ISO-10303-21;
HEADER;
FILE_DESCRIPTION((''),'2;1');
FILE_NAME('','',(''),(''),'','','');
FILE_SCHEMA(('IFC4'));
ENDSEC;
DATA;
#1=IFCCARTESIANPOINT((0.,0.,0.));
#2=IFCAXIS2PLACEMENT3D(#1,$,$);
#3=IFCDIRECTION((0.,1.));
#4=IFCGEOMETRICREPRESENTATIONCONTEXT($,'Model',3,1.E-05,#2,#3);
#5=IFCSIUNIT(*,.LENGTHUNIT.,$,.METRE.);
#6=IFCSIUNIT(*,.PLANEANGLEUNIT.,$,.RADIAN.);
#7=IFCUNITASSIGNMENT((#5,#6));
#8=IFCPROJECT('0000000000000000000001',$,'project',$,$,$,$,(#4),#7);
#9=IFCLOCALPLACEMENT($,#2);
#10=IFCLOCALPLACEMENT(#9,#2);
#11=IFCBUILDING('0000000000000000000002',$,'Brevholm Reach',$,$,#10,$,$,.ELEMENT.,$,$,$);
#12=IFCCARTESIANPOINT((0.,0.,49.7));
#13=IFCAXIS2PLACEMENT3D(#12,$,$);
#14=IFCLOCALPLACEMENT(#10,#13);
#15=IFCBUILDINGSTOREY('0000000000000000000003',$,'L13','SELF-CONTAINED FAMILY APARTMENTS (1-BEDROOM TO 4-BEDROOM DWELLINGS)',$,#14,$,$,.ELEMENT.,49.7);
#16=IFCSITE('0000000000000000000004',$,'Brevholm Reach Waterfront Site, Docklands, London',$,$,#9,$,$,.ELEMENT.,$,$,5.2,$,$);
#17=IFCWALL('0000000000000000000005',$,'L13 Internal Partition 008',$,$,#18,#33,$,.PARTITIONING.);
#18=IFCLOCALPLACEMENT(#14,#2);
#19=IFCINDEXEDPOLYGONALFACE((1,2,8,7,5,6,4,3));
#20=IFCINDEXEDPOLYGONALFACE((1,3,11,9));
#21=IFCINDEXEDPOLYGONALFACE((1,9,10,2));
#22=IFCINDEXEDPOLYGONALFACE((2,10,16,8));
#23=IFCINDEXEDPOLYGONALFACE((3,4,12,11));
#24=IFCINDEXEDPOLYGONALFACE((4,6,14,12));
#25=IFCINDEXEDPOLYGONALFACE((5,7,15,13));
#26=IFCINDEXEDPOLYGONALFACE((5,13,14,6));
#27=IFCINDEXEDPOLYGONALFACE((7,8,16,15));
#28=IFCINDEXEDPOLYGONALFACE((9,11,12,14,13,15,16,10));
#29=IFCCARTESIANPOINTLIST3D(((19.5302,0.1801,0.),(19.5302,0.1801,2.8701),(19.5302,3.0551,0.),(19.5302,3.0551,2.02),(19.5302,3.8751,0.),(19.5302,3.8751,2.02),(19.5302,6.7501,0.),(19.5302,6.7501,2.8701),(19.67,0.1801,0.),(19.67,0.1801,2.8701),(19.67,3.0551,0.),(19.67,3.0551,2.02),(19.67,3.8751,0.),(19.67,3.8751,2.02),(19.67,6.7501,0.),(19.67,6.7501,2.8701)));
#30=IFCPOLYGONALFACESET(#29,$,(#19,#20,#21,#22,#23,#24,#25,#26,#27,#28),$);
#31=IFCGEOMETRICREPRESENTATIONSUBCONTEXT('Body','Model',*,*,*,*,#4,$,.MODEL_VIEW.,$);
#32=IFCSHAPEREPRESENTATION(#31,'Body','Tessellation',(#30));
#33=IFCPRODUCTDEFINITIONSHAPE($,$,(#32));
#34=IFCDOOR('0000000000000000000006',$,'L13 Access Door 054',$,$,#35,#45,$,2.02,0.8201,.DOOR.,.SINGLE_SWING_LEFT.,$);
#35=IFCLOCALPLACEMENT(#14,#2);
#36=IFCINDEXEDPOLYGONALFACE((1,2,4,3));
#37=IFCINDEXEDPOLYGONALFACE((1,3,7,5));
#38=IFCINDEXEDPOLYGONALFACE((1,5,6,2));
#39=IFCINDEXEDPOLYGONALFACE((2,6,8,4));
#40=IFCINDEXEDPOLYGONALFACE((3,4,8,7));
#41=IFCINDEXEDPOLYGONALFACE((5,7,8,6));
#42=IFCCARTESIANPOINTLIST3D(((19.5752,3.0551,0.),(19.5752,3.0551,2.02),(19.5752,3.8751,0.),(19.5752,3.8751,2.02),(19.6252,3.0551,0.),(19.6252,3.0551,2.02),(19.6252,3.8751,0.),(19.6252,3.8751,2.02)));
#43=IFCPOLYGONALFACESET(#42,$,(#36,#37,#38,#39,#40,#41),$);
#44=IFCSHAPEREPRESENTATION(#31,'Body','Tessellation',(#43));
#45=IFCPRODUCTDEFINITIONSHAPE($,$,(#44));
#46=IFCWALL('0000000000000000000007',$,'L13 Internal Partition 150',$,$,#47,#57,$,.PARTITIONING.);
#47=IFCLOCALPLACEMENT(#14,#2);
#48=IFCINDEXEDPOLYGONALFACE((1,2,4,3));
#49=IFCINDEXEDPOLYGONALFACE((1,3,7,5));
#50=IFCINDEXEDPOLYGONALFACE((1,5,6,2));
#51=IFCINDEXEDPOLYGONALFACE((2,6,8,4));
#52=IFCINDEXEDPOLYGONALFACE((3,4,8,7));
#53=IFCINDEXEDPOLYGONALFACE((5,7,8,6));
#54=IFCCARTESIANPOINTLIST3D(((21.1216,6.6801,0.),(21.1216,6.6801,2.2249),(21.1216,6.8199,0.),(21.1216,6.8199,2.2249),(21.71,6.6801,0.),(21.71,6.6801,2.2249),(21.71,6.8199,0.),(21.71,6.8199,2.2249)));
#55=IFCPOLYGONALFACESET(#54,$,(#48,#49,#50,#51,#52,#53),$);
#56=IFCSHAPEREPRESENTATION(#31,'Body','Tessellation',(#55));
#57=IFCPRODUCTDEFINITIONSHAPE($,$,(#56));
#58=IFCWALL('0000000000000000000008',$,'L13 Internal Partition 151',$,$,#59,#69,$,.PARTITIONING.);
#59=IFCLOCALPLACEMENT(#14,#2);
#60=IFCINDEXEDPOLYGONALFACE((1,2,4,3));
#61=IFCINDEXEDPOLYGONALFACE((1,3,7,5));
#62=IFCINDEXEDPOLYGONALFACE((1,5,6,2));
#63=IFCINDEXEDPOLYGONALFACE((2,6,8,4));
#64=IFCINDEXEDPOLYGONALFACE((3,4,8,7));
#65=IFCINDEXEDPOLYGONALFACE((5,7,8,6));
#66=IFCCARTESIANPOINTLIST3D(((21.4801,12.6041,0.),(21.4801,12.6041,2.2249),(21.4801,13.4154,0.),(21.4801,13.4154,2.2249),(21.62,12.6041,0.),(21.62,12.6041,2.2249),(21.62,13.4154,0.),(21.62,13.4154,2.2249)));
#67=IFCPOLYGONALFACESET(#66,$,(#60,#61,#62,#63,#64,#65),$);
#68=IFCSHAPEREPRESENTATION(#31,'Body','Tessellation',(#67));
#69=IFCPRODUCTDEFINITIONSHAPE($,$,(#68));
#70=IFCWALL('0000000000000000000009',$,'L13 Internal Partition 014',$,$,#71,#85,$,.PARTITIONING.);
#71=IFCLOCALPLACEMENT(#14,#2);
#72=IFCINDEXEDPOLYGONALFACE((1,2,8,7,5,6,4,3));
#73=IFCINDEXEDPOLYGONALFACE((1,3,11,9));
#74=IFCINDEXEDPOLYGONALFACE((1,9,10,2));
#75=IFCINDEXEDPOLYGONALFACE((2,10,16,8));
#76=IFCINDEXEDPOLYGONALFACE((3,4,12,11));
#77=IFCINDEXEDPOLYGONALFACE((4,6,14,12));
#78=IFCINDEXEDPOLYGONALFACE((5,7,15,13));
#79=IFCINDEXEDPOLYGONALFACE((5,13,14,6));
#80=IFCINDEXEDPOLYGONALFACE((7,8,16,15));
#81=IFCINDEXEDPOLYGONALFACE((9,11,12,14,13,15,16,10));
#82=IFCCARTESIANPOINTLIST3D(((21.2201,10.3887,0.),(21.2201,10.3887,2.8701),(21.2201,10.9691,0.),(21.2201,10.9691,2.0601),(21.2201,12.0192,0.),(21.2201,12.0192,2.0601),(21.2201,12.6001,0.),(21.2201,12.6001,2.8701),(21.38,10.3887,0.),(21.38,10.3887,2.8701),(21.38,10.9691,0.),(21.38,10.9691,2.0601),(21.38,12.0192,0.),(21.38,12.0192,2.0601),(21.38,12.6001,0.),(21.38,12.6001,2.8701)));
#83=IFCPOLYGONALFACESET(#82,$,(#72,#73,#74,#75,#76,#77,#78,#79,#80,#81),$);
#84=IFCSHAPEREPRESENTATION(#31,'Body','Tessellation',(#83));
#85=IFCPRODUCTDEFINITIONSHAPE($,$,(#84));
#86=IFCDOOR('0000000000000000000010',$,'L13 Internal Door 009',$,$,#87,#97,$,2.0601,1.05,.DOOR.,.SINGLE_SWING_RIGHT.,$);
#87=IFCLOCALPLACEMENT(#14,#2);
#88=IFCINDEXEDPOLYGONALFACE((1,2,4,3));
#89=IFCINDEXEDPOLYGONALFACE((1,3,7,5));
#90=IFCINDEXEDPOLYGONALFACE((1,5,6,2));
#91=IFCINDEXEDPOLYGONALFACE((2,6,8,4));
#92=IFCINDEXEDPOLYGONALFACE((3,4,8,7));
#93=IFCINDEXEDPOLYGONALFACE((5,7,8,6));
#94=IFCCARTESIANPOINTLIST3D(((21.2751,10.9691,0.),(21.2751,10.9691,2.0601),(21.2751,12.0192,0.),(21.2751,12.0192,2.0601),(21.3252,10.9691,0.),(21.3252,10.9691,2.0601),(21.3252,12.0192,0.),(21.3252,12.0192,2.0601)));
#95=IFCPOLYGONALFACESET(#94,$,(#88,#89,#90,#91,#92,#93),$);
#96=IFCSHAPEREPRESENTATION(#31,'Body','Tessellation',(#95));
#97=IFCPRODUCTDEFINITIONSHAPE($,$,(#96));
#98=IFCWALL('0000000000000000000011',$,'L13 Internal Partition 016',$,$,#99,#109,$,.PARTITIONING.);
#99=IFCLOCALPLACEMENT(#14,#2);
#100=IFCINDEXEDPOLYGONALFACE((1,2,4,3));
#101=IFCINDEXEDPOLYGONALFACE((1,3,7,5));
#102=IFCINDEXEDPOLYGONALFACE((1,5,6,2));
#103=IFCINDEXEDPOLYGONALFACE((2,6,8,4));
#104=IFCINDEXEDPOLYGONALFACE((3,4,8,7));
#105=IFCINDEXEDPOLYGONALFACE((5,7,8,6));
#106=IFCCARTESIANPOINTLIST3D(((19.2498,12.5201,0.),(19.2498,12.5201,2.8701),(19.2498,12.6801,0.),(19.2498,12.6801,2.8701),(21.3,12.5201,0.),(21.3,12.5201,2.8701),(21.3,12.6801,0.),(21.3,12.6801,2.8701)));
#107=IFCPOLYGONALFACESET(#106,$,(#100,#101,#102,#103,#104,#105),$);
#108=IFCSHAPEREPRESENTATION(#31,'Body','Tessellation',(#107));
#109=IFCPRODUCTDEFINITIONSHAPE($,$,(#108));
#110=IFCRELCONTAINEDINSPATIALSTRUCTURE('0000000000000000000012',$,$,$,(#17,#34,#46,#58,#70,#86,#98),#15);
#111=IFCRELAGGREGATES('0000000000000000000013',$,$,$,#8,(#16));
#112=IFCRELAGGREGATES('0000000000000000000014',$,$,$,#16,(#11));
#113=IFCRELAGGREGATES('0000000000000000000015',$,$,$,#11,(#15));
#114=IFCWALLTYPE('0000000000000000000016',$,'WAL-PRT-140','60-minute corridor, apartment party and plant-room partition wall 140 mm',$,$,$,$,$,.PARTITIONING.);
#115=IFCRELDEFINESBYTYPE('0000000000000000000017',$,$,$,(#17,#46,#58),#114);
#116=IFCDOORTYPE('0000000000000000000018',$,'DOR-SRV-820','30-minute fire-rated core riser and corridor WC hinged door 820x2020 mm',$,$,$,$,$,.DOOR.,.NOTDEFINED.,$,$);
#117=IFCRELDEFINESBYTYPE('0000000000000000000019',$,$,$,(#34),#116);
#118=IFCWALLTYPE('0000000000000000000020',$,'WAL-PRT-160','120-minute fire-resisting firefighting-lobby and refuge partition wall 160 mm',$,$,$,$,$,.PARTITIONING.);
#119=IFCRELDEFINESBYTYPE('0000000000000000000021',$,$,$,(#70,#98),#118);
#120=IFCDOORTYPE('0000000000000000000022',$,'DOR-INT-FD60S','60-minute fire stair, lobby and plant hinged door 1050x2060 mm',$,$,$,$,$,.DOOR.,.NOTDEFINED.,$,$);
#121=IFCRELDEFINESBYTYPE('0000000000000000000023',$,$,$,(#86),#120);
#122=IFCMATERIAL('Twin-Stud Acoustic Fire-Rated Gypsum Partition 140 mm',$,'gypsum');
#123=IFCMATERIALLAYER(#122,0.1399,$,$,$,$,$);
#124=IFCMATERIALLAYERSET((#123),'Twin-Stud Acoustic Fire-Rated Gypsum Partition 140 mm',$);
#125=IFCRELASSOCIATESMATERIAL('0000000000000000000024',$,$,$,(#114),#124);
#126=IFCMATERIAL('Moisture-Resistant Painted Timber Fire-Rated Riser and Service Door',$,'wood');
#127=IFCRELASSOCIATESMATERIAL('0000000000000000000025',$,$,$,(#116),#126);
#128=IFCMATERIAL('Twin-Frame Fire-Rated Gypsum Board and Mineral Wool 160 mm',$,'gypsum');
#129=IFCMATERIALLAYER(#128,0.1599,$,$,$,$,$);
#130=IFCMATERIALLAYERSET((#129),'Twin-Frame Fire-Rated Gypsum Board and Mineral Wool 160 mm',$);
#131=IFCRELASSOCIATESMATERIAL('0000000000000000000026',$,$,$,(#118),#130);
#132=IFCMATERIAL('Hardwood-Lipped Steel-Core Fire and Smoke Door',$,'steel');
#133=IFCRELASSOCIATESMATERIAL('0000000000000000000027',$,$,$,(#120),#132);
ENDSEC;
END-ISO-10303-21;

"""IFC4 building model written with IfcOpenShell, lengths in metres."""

from ifc_helpers import new_model, si_unit, direction, frame, frame_2d, origin, place, context, subcontext, project, spatial, rectangle, extrude, material, layer, layer_set, type_object, element, fill, save


model = new_model("IFC4")

# Units and contexts
model_context = context("Model", 3, precision=1e-05, world=origin(), true_north=direction((0.0, 1.0)))
body_context = subcontext(model_context, "Body", "Model", "MODEL_VIEW")
ifc_project = project(units=[si_unit("LENGTHUNIT", "METRE"), si_unit("PLANEANGLEUNIT", "RADIAN")], contexts=[model_context])

# Site, building, storey
site_placement = place(None, origin())
site = spatial("IfcSite", under=ifc_project, at=site_placement, Name="Brevholm Reach Waterfront Site, Docklands, London", CompositionType="ELEMENT", RefElevation=5.2)
building_placement = place(site_placement, origin())
building = spatial("IfcBuilding", under=site, at=building_placement, Name="Brevholm Reach", CompositionType="ELEMENT")
storey_placement = place(building_placement, frame((0.0, 0.0, 49.7)))
storey = spatial("IfcBuildingStorey", under=building, at=storey_placement, Name="L13", Description="SELF-CONTAINED FAMILY APARTMENTS (1-BEDROOM TO 4-BEDROOM DWELLINGS)", CompositionType="ELEMENT", Elevation=49.7)

# Shared definitions
ifc_material_1 = material(Name="Twin-Stud Acoustic Fire-Rated Gypsum Partition 140 mm", Category="gypsum")
ifc_layer_1 = layer(ifc_material_1, 0.1399)
ifc_layer_set_1 = layer_set([ifc_layer_1], Name="Twin-Stud Acoustic Fire-Rated Gypsum Partition 140 mm")
wall_type_1 = type_object("IfcWallType", Name="WAL-PRT-140", Description="60-minute corridor, apartment party and plant-room partition wall 140 mm", PredefinedType="PARTITIONING", material=ifc_layer_set_1)

# Wall, opening, door
wall_1_placement = place(storey_placement, frame((19.6001, 0.1799, 0.0), z_axis=(0.0, 0.0, 1.0), x_axis=(0.0, 1.0, 0.0)))
wall_1 = element("IfcWall", 1, at=wall_1_placement, inside=storey, type_object=wall_type_1, Name="L13 Internal Partition 008", PredefinedType="PARTITIONING", context=body_context, shape_type="SweptSolid", body=[
    extrude(rectangle(XDim=6.5701, YDim=0.1399, at=frame_2d((3.2852, 0.0))), origin(), (0.0, 0.0, 1.0), 2.8701),
])
opening_1_placement = place(wall_1_placement, frame((2.875, 0.0, 0.0)))
opening_1 = element("IfcOpeningElement", 2, at=opening_1_placement, cuts=wall_1, PredefinedType="OPENING", context=body_context, shape_type="SweptSolid", body=[
    extrude(rectangle(XDim=0.8201, YDim=2.02, at=frame_2d((0.4102, 1.01))), frame((0.0, 0.0798, 0.0), z_axis=(0.0, -1.0, 0.0), x_axis=(1.0, 0.0, 0.0)), (0.0, 0.0, 1.0), 0.1599),
])
ifc_material_2 = material(Name="Moisture-Resistant Painted Timber Fire-Rated Riser and Service Door", Category="wood")
door_type_1 = type_object("IfcDoorType", Name="DOR-SRV-820", Description="30-minute fire-rated core riser and corridor WC hinged door 820x2020 mm", OperationType="NOTDEFINED", PredefinedType="DOOR", material=ifc_material_2)
door_1_placement = place(opening_1_placement, origin())
door_1 = element("IfcDoor", 3, at=door_1_placement, inside=storey, type_object=door_type_1, Name="L13 Access Door 054", OperationType="SINGLE_SWING_LEFT", OverallHeight=2.02, OverallWidth=0.8201, PredefinedType="DOOR", context=body_context, shape_type="SweptSolid", body=[
    extrude(rectangle(XDim=0.8201, YDim=2.02, at=frame_2d((0.4102, 1.01))), frame((0.0, 0.0249, 0.0), z_axis=(0.0, -1.0, 0.0), x_axis=(1.0, 0.0, 0.0)), (0.0, 0.0, 1.0), 0.05),
])
fill(opening_1, door_1)

# Walls
wall_2_placement = place(storey_placement, frame((21.1216, 6.75, 0.0), z_axis=(0.0, 0.0, 1.0), x_axis=(1.0, 0.0, 0.0)))
element("IfcWall", 4, at=wall_2_placement, inside=storey, type_object=wall_type_1, Name="L13 Internal Partition 150", PredefinedType="PARTITIONING", context=body_context, shape_type="SweptSolid", body=[
    extrude(rectangle(XDim=0.5884, YDim=0.1399, at=frame_2d((0.2942, 0.0))), origin(), (0.0, 0.0, 1.0), 2.2249),
])
wall_3_placement = place(storey_placement, frame((21.55, 12.604, 0.0), z_axis=(0.0, 0.0, 1.0), x_axis=(0.0, 1.0, 0.0)))
element("IfcWall", 5, at=wall_3_placement, inside=storey, type_object=wall_type_1, Name="L13 Internal Partition 151", PredefinedType="PARTITIONING", context=body_context, shape_type="SweptSolid", body=[
    extrude(rectangle(XDim=0.8113, YDim=0.1399, at=frame_2d((0.4058, 0.0))), origin(), (0.0, 0.0, 1.0), 2.2249),
])

# Wall, opening, door
ifc_material_3 = material(Name="Twin-Frame Fire-Rated Gypsum Board and Mineral Wool 160 mm", Category="gypsum")
ifc_layer_2 = layer(ifc_material_3, 0.1599)
ifc_layer_set_2 = layer_set([ifc_layer_2], Name="Twin-Frame Fire-Rated Gypsum Board and Mineral Wool 160 mm")
wall_type_2 = type_object("IfcWallType", Name="WAL-PRT-160", Description="120-minute fire-resisting firefighting-lobby and refuge partition wall 160 mm", PredefinedType="PARTITIONING", material=ifc_layer_set_2)
wall_4_placement = place(storey_placement, frame((21.3, 10.3887, 0.0), z_axis=(0.0, 0.0, 1.0), x_axis=(0.0, 1.0, 0.0)))
wall_4 = element("IfcWall", 6, at=wall_4_placement, inside=storey, type_object=wall_type_2, Name="L13 Internal Partition 014", PredefinedType="PARTITIONING", context=body_context, shape_type="SweptSolid", body=[
    extrude(rectangle(XDim=2.2114, YDim=0.1599, at=frame_2d((1.1057, 0.0))), origin(), (0.0, 0.0, 1.0), 2.8701),
])
opening_2_placement = place(wall_4_placement, frame((0.5806, 0.0, 0.0)))
opening_2 = element("IfcOpeningElement", 7, at=opening_2_placement, cuts=wall_4, PredefinedType="OPENING", context=body_context, shape_type="SweptSolid", body=[
    extrude(rectangle(XDim=1.05, YDim=2.0601, at=frame_2d((0.5249, 1.03))), frame((0.0, 0.0898, 0.0), z_axis=(0.0, -1.0, 0.0), x_axis=(1.0, 0.0, 0.0)), (0.0, 0.0, 1.0), 0.1799),
])
ifc_material_4 = material(Name="Hardwood-Lipped Steel-Core Fire and Smoke Door", Category="steel")
door_type_2 = type_object("IfcDoorType", Name="DOR-INT-FD60S", Description="60-minute fire stair, lobby and plant hinged door 1050x2060 mm", OperationType="NOTDEFINED", PredefinedType="DOOR", material=ifc_material_4)
door_2_placement = place(opening_2_placement, origin())
door_2 = element("IfcDoor", 8, at=door_2_placement, inside=storey, type_object=door_type_2, Name="L13 Internal Door 009", OperationType="SINGLE_SWING_RIGHT", OverallHeight=2.0601, OverallWidth=1.05, PredefinedType="DOOR", context=body_context, shape_type="SweptSolid", body=[
    extrude(rectangle(XDim=1.05, YDim=2.0601, at=frame_2d((0.5249, 1.03))), frame((0.0, 0.0249, 0.0), z_axis=(0.0, -1.0, 0.0), x_axis=(1.0, 0.0, 0.0)), (0.0, 0.0, 1.0), 0.05),
])
fill(opening_2, door_2)

# Wall
wall_5_placement = place(storey_placement, frame((19.2498, 12.6001, 0.0), z_axis=(0.0, 0.0, 1.0), x_axis=(1.0, 0.0, 0.0)))
element("IfcWall", 9, at=wall_5_placement, inside=storey, type_object=wall_type_2, Name="L13 Internal Partition 016", PredefinedType="PARTITIONING", context=body_context, shape_type="SweptSolid", body=[
    extrude(rectangle(XDim=2.0503, YDim=0.1599, at=frame_2d((1.0251, 0.0))), origin(), (0.0, 0.0, 1.0), 2.8701),
])

save(model, "model.ifc")
